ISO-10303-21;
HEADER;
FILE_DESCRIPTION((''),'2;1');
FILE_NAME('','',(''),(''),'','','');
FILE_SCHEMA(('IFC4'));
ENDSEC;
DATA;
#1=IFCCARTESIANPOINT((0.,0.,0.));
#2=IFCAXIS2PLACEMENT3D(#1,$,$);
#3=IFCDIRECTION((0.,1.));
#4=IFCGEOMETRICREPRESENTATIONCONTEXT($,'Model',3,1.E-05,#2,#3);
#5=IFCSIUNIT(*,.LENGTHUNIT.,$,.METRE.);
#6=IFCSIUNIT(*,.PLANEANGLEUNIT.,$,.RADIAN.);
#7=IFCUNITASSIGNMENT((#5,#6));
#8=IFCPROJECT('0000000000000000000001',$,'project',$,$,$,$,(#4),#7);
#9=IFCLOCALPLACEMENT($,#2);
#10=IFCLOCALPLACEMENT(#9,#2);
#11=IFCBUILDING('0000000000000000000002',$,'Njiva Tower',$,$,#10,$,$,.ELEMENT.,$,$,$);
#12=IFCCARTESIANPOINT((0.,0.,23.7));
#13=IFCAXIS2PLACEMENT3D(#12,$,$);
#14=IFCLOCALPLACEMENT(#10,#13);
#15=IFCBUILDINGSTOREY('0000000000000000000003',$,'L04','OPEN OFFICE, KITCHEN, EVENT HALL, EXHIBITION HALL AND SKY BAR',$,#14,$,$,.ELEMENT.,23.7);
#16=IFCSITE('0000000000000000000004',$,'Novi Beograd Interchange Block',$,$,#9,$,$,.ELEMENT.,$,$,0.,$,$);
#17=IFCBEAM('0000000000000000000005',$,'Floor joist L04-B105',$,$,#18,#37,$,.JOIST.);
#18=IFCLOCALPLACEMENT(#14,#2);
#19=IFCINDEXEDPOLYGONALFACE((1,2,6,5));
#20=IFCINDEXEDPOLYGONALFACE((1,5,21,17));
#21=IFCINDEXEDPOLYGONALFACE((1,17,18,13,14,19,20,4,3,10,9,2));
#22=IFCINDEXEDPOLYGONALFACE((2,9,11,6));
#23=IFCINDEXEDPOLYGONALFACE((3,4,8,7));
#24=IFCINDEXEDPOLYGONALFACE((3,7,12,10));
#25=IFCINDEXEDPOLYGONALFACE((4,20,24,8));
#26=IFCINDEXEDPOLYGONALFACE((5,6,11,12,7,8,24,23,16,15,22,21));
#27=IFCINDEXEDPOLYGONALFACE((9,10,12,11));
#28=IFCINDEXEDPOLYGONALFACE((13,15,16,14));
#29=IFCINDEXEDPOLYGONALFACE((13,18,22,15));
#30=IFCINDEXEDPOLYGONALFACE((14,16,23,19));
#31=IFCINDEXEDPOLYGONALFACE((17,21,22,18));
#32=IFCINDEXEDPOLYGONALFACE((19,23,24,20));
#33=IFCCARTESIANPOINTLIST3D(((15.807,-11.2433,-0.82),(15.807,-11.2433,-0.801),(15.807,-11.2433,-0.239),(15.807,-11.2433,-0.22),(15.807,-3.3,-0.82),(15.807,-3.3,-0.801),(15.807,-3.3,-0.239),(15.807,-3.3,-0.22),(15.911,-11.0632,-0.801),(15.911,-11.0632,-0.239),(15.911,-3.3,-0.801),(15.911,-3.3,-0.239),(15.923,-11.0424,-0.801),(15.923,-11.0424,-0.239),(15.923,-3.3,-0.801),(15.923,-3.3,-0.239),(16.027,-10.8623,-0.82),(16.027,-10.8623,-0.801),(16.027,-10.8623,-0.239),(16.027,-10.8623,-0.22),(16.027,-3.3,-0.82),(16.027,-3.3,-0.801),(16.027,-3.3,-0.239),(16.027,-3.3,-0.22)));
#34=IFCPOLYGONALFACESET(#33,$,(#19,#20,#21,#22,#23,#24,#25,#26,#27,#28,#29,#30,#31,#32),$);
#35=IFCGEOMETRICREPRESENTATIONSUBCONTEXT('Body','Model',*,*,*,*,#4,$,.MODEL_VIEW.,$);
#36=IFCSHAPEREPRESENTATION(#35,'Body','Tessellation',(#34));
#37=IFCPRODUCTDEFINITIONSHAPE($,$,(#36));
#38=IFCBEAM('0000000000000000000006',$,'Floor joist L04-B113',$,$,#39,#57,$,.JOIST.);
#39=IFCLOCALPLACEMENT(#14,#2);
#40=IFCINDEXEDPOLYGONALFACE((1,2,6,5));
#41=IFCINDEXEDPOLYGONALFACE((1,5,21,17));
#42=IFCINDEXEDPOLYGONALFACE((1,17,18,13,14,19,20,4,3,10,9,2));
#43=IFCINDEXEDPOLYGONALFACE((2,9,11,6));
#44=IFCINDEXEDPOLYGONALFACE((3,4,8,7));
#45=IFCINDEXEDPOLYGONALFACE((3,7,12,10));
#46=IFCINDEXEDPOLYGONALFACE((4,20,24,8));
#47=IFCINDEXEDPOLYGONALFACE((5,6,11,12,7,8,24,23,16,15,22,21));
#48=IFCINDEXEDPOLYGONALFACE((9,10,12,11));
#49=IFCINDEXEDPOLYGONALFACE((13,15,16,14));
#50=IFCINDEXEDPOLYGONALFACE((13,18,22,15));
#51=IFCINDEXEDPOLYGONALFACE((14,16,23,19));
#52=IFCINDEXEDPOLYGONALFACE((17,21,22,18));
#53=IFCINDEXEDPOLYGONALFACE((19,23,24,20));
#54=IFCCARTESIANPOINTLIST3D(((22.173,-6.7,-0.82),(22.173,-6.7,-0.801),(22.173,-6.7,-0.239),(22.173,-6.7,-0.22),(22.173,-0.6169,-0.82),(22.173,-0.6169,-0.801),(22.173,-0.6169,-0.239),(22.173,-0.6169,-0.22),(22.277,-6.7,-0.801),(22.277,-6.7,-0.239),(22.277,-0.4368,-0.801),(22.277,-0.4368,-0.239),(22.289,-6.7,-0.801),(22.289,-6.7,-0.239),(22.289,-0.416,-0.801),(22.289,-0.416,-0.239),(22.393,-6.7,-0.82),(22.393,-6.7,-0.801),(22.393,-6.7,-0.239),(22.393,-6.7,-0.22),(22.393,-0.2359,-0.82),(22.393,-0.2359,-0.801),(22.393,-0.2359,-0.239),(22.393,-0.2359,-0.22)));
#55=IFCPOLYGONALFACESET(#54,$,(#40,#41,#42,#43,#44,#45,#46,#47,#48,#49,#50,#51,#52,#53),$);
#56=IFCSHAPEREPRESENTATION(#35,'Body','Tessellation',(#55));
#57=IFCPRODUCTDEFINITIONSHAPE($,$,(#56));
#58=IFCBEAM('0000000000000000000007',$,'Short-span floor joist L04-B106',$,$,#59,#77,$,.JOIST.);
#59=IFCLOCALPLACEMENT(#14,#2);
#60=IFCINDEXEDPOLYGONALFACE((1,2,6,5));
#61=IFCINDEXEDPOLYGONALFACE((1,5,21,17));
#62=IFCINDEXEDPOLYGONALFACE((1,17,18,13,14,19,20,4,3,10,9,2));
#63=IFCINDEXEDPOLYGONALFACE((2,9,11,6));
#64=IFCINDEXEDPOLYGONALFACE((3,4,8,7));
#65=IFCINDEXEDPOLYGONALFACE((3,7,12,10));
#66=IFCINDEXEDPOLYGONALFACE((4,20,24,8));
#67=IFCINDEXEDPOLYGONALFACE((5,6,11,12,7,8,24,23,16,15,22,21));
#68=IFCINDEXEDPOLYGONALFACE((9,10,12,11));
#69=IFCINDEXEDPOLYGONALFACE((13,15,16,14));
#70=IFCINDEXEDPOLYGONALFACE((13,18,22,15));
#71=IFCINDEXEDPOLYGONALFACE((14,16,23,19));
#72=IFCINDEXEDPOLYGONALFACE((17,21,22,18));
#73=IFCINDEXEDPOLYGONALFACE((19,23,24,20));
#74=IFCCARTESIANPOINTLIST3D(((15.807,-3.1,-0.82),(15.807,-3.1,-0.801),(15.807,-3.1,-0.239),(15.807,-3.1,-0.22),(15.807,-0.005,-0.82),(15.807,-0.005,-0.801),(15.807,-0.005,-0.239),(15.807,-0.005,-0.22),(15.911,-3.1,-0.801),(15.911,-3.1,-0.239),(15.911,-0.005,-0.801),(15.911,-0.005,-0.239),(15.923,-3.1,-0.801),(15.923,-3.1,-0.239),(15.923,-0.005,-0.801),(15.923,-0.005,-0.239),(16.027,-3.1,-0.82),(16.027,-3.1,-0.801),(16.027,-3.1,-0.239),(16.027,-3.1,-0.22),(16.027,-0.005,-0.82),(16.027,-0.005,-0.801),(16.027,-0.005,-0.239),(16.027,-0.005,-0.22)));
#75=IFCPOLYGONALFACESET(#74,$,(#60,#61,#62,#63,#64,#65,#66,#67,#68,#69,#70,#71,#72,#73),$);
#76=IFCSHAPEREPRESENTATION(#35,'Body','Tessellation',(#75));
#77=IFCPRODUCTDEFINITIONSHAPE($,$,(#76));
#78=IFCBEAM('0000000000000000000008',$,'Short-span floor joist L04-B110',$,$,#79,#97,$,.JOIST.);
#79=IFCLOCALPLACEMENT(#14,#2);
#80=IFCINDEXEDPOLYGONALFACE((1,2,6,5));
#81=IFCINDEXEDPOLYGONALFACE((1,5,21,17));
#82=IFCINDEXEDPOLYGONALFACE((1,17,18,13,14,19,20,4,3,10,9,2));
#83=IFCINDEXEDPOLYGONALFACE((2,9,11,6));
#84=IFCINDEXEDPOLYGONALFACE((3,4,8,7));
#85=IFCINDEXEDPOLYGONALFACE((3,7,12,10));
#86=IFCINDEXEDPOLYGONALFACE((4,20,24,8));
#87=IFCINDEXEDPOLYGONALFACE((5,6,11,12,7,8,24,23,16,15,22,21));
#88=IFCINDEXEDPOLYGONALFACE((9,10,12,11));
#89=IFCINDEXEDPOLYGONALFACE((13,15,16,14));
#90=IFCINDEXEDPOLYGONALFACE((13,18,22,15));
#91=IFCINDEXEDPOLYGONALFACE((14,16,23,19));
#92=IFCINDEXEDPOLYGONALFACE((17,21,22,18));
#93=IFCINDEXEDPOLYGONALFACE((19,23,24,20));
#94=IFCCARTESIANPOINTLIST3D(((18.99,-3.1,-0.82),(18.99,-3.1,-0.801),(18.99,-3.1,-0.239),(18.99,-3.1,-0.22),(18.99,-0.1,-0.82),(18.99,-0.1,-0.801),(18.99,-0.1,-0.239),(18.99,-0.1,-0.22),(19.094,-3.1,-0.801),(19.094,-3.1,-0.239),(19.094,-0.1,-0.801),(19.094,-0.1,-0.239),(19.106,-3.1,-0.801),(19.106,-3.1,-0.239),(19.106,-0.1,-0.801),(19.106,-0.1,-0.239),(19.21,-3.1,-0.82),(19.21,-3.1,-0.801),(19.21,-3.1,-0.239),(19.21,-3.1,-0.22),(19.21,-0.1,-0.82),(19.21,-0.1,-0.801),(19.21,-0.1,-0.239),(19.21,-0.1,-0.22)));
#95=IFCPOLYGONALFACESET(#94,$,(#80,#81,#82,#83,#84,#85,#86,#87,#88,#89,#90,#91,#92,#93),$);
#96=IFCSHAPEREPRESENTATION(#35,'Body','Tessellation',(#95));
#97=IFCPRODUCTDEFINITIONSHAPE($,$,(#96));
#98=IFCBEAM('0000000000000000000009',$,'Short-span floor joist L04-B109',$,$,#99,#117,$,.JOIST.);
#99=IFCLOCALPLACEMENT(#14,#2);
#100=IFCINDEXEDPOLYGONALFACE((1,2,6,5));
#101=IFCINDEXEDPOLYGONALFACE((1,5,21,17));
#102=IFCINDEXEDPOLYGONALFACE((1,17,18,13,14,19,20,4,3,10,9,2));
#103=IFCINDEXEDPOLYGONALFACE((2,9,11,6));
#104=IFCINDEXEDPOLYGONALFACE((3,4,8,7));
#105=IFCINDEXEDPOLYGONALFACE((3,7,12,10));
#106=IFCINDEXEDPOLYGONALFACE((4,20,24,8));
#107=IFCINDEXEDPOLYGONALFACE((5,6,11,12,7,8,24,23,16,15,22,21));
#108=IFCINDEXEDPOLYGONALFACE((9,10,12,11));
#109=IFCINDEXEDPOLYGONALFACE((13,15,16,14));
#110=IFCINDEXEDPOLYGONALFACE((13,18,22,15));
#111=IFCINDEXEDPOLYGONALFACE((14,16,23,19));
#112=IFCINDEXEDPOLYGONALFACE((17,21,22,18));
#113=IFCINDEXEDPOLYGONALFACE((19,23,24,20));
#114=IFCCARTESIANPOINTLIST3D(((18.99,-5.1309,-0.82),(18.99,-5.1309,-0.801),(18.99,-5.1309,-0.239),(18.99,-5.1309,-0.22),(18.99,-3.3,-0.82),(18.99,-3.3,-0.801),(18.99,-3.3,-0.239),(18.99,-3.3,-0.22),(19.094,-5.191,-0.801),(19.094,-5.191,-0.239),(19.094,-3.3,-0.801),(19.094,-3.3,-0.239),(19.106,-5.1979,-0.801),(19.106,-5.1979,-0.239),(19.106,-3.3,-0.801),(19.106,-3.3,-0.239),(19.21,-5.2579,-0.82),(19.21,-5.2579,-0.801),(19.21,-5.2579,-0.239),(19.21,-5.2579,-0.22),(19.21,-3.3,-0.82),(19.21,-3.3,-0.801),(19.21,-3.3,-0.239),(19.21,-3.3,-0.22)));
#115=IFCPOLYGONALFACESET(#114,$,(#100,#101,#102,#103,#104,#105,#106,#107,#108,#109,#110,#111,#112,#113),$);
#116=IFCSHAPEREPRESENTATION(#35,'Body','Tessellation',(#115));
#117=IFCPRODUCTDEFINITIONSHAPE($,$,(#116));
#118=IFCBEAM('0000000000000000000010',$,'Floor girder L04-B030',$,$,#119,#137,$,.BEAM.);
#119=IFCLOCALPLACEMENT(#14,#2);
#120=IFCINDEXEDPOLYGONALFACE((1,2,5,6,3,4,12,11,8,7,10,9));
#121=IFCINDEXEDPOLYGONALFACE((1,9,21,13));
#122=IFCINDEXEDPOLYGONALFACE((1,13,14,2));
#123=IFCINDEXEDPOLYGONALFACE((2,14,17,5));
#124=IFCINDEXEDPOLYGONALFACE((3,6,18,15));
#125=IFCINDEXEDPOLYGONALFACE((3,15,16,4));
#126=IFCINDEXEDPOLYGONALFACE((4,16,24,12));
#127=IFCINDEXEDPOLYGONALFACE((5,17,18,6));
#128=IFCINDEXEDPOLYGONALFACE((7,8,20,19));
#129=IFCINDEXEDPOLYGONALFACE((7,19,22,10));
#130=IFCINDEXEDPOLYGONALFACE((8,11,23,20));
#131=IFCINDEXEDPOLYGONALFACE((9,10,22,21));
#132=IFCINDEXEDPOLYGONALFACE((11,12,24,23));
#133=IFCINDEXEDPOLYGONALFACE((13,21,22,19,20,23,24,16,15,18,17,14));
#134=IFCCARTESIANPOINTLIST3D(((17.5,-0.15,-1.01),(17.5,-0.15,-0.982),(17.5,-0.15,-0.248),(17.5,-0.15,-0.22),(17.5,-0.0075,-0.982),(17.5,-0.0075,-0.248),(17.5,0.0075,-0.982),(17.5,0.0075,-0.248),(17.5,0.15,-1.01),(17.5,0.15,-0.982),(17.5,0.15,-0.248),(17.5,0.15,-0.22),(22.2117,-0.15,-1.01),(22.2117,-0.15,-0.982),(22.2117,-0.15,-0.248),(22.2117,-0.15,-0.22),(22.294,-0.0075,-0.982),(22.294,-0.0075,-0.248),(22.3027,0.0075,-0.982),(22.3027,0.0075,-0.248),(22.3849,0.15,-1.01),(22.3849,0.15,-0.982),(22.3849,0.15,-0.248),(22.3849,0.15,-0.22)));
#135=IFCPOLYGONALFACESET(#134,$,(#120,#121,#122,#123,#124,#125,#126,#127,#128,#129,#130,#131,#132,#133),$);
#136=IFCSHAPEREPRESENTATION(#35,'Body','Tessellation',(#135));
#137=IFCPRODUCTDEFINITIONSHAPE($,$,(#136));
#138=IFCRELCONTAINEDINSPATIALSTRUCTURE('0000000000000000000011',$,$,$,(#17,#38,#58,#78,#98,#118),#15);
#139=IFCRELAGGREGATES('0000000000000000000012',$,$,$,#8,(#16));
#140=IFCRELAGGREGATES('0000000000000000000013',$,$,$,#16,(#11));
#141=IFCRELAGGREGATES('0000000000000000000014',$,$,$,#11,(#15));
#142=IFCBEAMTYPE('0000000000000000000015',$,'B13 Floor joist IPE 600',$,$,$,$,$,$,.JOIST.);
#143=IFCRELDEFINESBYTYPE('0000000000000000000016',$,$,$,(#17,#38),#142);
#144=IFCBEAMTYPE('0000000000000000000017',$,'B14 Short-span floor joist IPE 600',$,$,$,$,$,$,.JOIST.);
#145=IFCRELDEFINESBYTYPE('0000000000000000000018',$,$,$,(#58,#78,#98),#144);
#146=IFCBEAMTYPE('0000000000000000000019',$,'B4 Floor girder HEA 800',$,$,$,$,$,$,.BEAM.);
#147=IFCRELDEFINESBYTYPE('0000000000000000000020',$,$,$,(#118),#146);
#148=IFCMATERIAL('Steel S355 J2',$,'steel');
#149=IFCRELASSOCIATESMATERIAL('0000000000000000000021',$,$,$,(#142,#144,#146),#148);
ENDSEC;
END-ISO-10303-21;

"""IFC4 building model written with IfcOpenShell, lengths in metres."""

from ifc_helpers import new_model, si_unit, direction, frame, origin, origin_2d, place, context, subcontext, project, spatial, i_section, extrude, clip, halfspace, material, material_profile, profile_set, type_object, element, save


model = new_model("IFC4")

# Units and contexts
model_context = context("Model", 3, precision=1e-05, world=origin(), true_north=direction((0.0, 1.0)))
body_context = subcontext(model_context, "Body", "Model", "MODEL_VIEW")
ifc_project = project(units=[si_unit("LENGTHUNIT", "METRE"), si_unit("PLANEANGLEUNIT", "RADIAN")], contexts=[model_context])

# Site, building, storey
site_placement = place(None, origin())
site = spatial("IfcSite", under=ifc_project, at=site_placement, Name="Novi Beograd Interchange Block", CompositionType="ELEMENT", RefElevation=0.0)
building_placement = place(site_placement, origin())
building = spatial("IfcBuilding", under=site, at=building_placement, Name="Njiva Tower", CompositionType="ELEMENT")
storey_placement = place(building_placement, frame((0.0, 0.0, 23.7)))
storey = spatial("IfcBuildingStorey", under=building, at=storey_placement, Name="L04", Description="OPEN OFFICE, KITCHEN, EVENT HALL, EXHIBITION HALL AND SKY BAR", CompositionType="ELEMENT", Elevation=23.7)

# Beams
ifc_material_1 = material(Name="Steel S355 J2", Category="steel")
ifc_material_profile_1 = material_profile(ifc_material_1, i_section(OverallWidth=0.22, OverallDepth=0.6, WebThickness=0.012, FlangeThickness=0.019, at=origin_2d()), Name="IPE 600")
ifc_profile_set_1 = profile_set([ifc_material_profile_1], Name="Steel S355 J2")
beam_type_1 = type_object("IfcBeamType", Name="B13 Floor joist IPE 600", PredefinedType="JOIST", material=ifc_profile_set_1)
beam_1_placement = place(storey_placement, frame((15.917, -3.3, -0.52), z_axis=(0.0, -1.0, 0.0), x_axis=(1.0, 0.0, 0.0)))
element("IfcBeam", 1, at=beam_1_placement, inside=storey, type_object=beam_type_1, Name="Floor joist L04-B105", PredefinedType="JOIST", context=body_context, shape_type="Clipping", body=[
    clip(extrude(i_section(OverallWidth=0.22, OverallDepth=0.6, WebThickness=0.012, FlangeThickness=0.019, at=origin_2d()), origin(), (0.0, 0.0, 1.0), 7.964), halfspace(frame((0.043, 0.0, 7.6783), z_axis=(0.866027, 0.0, 0.499998), x_axis=(0.0, 1.0, 0.0)), False)),
])
beam_2_placement = place(storey_placement, frame((22.283, -0.215, -0.52), z_axis=(0.0, -1.0, 0.0), x_axis=(1.0, 0.0, 0.0)))
element("IfcBeam", 2, at=beam_2_placement, inside=storey, type_object=beam_type_1, Name="Floor joist L04-B113", PredefinedType="JOIST", context=body_context, shape_type="Clipping", body=[
    clip(extrude(i_section(OverallWidth=0.22, OverallDepth=0.6, WebThickness=0.012, FlangeThickness=0.019, at=origin_2d()), origin(), (0.0, 0.0, 1.0), 6.485), halfspace(frame((-0.043, 0.0, 0.2859), z_axis=(-0.866027, 0.0, -0.499998), x_axis=(0.0, -1.0, 0.0)), False)),
])
ifc_material_profile_2 = material_profile(ifc_material_1, i_section(OverallWidth=0.22, OverallDepth=0.6, WebThickness=0.012, FlangeThickness=0.019, at=origin_2d()), Name="IPE 600")
ifc_profile_set_2 = profile_set([ifc_material_profile_2], Name="Steel S355 J2")
beam_type_2 = type_object("IfcBeamType", Name="B14 Short-span floor joist IPE 600", PredefinedType="JOIST", material=ifc_profile_set_2)
beam_3_placement = place(storey_placement, frame((15.917, -0.005, -0.52), z_axis=(0.0, -1.0, 0.0), x_axis=(1.0, 0.0, 0.0)))
element("IfcBeam", 3, at=beam_3_placement, inside=storey, type_object=beam_type_2, Name="Short-span floor joist L04-B106", PredefinedType="JOIST", context=body_context, shape_type="SweptSolid", body=[
    extrude(i_section(OverallWidth=0.22, OverallDepth=0.6, WebThickness=0.012, FlangeThickness=0.019, at=origin_2d()), origin(), (0.0, 0.0, 1.0), 3.095),
])
beam_4_placement = place(storey_placement, frame((19.1, -0.1, -0.52), z_axis=(0.0, -1.0, 0.0), x_axis=(1.0, 0.0, 0.0)))
element("IfcBeam", 4, at=beam_4_placement, inside=storey, type_object=beam_type_2, Name="Short-span floor joist L04-B110", PredefinedType="JOIST", context=body_context, shape_type="SweptSolid", body=[
    extrude(i_section(OverallWidth=0.22, OverallDepth=0.6, WebThickness=0.012, FlangeThickness=0.019, at=origin_2d()), origin(), (0.0, 0.0, 1.0), 3.0),
])
beam_5_placement = place(storey_placement, frame((19.1, -3.3, -0.52), z_axis=(0.0, -1.0, 0.0), x_axis=(1.0, 0.0, 0.0)))
element("IfcBeam", 5, at=beam_5_placement, inside=storey, type_object=beam_type_2, Name="Short-span floor joist L04-B109", PredefinedType="JOIST", context=body_context, shape_type="Clipping", body=[
    clip(extrude(i_section(OverallWidth=0.22, OverallDepth=0.6, WebThickness=0.012, FlangeThickness=0.019, at=origin_2d()), origin(), (0.0, 0.0, 1.0), 1.978), halfspace(frame((-0.025, 0.0, 1.88), z_axis=(-0.499998, 0.0, 0.866027), x_axis=(0.0, 1.0, 0.0)), False)),
])
ifc_material_profile_3 = material_profile(ifc_material_1, i_section(OverallWidth=0.3, OverallDepth=0.79, WebThickness=0.015, FlangeThickness=0.028, at=origin_2d()), Name="HEA 800")
ifc_profile_set_3 = profile_set([ifc_material_profile_3], Name="Steel S355 J2")
beam_type_3 = type_object("IfcBeamType", Name="B4 Floor girder HEA 800", PredefinedType="BEAM", material=ifc_profile_set_3)
beam_6_placement = place(storey_placement, frame((17.5, 0.0, -0.615), z_axis=(1.0, 0.0, 0.0), x_axis=(0.0, 1.0, 0.0)))
element("IfcBeam", 6, at=beam_6_placement, inside=storey, type_object=beam_type_3, Name="Floor girder L04-B030", PredefinedType="BEAM", context=body_context, shape_type="Clipping", body=[
    clip(extrude(i_section(OverallWidth=0.3, OverallDepth=0.79, WebThickness=0.015, FlangeThickness=0.028, at=origin_2d()), origin(), (0.0, 0.0, 1.0), 4.905), halfspace(frame((-0.025, 0.0, 4.7839), z_axis=(-0.499998, 0.0, 0.866027), x_axis=(0.0, 1.0, 0.0)), False)),
])

save(model, "model.ifc")
